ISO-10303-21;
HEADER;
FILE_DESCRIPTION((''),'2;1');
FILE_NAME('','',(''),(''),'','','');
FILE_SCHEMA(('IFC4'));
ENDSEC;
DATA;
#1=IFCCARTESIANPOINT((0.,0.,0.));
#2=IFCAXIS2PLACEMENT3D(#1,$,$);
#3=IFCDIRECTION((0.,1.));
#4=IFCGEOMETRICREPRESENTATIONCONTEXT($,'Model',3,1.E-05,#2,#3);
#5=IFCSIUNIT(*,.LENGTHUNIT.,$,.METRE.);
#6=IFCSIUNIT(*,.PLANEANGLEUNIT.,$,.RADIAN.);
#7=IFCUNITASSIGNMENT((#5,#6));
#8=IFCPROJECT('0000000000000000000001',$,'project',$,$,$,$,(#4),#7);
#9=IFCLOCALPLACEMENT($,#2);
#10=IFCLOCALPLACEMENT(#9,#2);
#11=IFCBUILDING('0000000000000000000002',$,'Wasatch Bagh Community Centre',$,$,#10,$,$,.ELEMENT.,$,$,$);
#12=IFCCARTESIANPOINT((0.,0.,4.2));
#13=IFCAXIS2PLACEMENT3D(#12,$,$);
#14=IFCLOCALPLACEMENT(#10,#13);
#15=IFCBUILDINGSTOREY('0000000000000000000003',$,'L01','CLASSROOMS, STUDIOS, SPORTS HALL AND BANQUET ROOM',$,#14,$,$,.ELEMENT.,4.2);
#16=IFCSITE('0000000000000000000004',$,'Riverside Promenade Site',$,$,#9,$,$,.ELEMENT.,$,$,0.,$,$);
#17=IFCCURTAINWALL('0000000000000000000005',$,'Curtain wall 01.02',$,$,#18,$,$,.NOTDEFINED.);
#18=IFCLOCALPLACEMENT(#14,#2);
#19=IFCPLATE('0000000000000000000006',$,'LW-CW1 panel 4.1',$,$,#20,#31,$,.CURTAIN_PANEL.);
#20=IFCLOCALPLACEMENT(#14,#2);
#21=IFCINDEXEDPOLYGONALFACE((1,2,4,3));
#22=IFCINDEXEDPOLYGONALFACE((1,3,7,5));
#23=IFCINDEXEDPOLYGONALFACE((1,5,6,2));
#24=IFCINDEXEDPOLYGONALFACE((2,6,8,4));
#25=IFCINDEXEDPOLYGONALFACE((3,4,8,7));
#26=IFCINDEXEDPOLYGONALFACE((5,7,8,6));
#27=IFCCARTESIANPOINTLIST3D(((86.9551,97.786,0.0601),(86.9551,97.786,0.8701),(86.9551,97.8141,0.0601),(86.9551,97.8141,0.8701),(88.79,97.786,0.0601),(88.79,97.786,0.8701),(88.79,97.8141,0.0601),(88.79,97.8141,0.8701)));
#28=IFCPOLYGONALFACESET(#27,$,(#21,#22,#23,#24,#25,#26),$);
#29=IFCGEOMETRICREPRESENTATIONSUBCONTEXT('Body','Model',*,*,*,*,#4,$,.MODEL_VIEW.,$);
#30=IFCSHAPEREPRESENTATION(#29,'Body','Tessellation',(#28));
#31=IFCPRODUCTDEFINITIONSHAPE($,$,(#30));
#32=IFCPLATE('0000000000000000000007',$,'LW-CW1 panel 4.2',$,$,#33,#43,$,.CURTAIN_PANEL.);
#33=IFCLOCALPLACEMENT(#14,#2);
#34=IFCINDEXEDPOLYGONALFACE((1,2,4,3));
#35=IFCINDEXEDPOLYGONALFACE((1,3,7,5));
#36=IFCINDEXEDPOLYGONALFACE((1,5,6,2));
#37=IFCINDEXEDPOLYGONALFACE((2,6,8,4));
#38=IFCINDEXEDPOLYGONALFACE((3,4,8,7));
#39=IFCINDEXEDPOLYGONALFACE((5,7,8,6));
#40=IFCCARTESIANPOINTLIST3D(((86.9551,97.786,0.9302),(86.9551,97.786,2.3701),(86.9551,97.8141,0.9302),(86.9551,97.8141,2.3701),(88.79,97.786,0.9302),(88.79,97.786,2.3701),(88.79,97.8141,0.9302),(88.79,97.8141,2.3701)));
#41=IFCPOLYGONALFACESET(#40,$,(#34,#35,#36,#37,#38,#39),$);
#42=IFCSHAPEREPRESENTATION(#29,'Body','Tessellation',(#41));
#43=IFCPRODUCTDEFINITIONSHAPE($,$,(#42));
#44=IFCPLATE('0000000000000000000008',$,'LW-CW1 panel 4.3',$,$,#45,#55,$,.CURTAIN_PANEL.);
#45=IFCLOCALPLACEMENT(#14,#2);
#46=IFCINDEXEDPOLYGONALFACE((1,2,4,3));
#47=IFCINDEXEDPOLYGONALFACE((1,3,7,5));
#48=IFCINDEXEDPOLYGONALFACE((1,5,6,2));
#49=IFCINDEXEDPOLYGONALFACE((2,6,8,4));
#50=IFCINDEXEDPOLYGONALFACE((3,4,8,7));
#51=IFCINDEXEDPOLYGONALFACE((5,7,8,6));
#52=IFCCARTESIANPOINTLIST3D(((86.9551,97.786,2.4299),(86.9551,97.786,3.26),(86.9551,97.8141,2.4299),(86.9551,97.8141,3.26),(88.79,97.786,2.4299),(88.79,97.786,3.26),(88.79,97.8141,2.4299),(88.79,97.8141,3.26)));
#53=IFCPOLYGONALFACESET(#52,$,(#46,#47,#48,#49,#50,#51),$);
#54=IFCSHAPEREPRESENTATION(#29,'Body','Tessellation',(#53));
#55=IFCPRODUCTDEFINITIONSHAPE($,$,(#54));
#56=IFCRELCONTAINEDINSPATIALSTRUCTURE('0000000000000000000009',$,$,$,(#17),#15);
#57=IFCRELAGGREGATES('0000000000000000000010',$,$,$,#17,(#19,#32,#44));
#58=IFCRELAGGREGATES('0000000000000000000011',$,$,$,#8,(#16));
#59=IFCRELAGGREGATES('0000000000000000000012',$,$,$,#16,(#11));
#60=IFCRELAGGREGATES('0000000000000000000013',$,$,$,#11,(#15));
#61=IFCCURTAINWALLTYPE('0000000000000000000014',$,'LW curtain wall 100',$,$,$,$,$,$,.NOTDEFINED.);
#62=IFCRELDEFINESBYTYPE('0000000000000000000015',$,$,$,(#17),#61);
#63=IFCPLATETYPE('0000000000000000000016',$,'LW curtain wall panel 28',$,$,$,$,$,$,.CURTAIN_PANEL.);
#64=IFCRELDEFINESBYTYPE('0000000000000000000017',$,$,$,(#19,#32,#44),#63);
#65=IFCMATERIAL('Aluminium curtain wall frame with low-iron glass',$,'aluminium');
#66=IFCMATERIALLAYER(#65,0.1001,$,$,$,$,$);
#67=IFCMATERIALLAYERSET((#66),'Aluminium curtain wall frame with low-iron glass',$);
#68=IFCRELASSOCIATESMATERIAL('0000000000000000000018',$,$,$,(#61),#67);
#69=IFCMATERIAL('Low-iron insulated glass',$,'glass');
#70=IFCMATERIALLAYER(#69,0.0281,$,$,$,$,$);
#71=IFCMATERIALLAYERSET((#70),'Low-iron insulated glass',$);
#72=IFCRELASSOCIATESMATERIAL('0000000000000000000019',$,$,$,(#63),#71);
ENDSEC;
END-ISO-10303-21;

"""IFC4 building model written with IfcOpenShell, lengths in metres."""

from ifc_helpers import new_model, si_unit, direction, frame, origin, origin_2d, place, context, subcontext, project, spatial, rectangle, extrude, material, layer, layer_set, type_object, element, aggregate, save


model = new_model("IFC4")

# Units and contexts
model_context = context("Model", 3, precision=1e-05, world=origin(), true_north=direction((0.0, 1.0)))
body_context = subcontext(model_context, "Body", "Model", "MODEL_VIEW")
ifc_project = project(units=[si_unit("LENGTHUNIT", "METRE"), si_unit("PLANEANGLEUNIT", "RADIAN")], contexts=[model_context])

# Site, building, storey
site_placement = place(None, origin())
site = spatial("IfcSite", under=ifc_project, at=site_placement, Name="Riverside Promenade Site", CompositionType="ELEMENT", RefElevation=0.0)
building_placement = place(site_placement, origin())
building = spatial("IfcBuilding", under=site, at=building_placement, Name="Wasatch Bagh Community Centre", CompositionType="ELEMENT")
storey_placement = place(building_placement, frame((0.0, 0.0, 4.2)))
storey = spatial("IfcBuildingStorey", under=building, at=storey_placement, Name="L01", Description="CLASSROOMS, STUDIOS, SPORTS HALL AND BANQUET ROOM", CompositionType="ELEMENT", Elevation=4.2)

# Curtain wall
ifc_material_1 = material(Name="Aluminium curtain wall frame with low-iron glass", Category="aluminium")
ifc_layer_1 = layer(ifc_material_1, 0.1001)
ifc_layer_set_1 = layer_set([ifc_layer_1], Name="Aluminium curtain wall frame with low-iron glass")
curtain_wall_type_1 = type_object("IfcCurtainWallType", Name="LW curtain wall 100", PredefinedType="NOTDEFINED", material=ifc_layer_set_1)
curtain_wall_1_placement = place(storey_placement, origin())
curtain_wall_1 = element("IfcCurtainWall", 1, at=curtain_wall_1_placement, inside=storey, type_object=curtain_wall_type_1, Name="Curtain wall 01.02", PredefinedType="NOTDEFINED")

# Plates
ifc_material_2 = material(Name="Low-iron insulated glass", Category="glass")
ifc_layer_2 = layer(ifc_material_2, 0.0281)
ifc_layer_set_2 = layer_set([ifc_layer_2], Name="Low-iron insulated glass")
plate_type = type_object("IfcPlateType", Name="LW curtain wall panel 28", PredefinedType="CURTAIN_PANEL", material=ifc_layer_set_2)
plate_1_placement = place(storey_placement, frame((87.8726, 97.8, 0.0601), z_axis=(0.0, 0.0, 1.0), x_axis=(1.0, 0.0, 0.0)))
plate_1 = element("IfcPlate", 2, at=plate_1_placement, type_object=plate_type, Name="LW-CW1 panel 4.1", PredefinedType="CURTAIN_PANEL", context=body_context, shape_type="SweptSolid", body=[
    extrude(rectangle(XDim=1.835, YDim=0.0281, at=origin_2d()), origin(), (0.0, 0.0, 1.0), 0.8101),
])
plate_2_placement = place(storey_placement, frame((87.8726, 97.8, 0.9302), z_axis=(0.0, 0.0, 1.0), x_axis=(1.0, 0.0, 0.0)))
plate_2 = element("IfcPlate", 3, at=plate_2_placement, type_object=plate_type, Name="LW-CW1 panel 4.2", PredefinedType="CURTAIN_PANEL", context=body_context, shape_type="SweptSolid", body=[
    extrude(rectangle(XDim=1.835, YDim=0.0281, at=origin_2d()), origin(), (0.0, 0.0, 1.0), 1.4399),
])
plate_3_placement = place(storey_placement, frame((87.8726, 97.8, 2.4299), z_axis=(0.0, 0.0, 1.0), x_axis=(1.0, 0.0, 0.0)))
plate_3 = element("IfcPlate", 4, at=plate_3_placement, type_object=plate_type, Name="LW-CW1 panel 4.3", PredefinedType="CURTAIN_PANEL", context=body_context, shape_type="SweptSolid", body=[
    extrude(rectangle(XDim=1.835, YDim=0.0281, at=origin_2d()), origin(), (0.0, 0.0, 1.0), 0.8301),
])
aggregate(curtain_wall_1, [plate_1, plate_2, plate_3])

save(model, "model.ifc")
